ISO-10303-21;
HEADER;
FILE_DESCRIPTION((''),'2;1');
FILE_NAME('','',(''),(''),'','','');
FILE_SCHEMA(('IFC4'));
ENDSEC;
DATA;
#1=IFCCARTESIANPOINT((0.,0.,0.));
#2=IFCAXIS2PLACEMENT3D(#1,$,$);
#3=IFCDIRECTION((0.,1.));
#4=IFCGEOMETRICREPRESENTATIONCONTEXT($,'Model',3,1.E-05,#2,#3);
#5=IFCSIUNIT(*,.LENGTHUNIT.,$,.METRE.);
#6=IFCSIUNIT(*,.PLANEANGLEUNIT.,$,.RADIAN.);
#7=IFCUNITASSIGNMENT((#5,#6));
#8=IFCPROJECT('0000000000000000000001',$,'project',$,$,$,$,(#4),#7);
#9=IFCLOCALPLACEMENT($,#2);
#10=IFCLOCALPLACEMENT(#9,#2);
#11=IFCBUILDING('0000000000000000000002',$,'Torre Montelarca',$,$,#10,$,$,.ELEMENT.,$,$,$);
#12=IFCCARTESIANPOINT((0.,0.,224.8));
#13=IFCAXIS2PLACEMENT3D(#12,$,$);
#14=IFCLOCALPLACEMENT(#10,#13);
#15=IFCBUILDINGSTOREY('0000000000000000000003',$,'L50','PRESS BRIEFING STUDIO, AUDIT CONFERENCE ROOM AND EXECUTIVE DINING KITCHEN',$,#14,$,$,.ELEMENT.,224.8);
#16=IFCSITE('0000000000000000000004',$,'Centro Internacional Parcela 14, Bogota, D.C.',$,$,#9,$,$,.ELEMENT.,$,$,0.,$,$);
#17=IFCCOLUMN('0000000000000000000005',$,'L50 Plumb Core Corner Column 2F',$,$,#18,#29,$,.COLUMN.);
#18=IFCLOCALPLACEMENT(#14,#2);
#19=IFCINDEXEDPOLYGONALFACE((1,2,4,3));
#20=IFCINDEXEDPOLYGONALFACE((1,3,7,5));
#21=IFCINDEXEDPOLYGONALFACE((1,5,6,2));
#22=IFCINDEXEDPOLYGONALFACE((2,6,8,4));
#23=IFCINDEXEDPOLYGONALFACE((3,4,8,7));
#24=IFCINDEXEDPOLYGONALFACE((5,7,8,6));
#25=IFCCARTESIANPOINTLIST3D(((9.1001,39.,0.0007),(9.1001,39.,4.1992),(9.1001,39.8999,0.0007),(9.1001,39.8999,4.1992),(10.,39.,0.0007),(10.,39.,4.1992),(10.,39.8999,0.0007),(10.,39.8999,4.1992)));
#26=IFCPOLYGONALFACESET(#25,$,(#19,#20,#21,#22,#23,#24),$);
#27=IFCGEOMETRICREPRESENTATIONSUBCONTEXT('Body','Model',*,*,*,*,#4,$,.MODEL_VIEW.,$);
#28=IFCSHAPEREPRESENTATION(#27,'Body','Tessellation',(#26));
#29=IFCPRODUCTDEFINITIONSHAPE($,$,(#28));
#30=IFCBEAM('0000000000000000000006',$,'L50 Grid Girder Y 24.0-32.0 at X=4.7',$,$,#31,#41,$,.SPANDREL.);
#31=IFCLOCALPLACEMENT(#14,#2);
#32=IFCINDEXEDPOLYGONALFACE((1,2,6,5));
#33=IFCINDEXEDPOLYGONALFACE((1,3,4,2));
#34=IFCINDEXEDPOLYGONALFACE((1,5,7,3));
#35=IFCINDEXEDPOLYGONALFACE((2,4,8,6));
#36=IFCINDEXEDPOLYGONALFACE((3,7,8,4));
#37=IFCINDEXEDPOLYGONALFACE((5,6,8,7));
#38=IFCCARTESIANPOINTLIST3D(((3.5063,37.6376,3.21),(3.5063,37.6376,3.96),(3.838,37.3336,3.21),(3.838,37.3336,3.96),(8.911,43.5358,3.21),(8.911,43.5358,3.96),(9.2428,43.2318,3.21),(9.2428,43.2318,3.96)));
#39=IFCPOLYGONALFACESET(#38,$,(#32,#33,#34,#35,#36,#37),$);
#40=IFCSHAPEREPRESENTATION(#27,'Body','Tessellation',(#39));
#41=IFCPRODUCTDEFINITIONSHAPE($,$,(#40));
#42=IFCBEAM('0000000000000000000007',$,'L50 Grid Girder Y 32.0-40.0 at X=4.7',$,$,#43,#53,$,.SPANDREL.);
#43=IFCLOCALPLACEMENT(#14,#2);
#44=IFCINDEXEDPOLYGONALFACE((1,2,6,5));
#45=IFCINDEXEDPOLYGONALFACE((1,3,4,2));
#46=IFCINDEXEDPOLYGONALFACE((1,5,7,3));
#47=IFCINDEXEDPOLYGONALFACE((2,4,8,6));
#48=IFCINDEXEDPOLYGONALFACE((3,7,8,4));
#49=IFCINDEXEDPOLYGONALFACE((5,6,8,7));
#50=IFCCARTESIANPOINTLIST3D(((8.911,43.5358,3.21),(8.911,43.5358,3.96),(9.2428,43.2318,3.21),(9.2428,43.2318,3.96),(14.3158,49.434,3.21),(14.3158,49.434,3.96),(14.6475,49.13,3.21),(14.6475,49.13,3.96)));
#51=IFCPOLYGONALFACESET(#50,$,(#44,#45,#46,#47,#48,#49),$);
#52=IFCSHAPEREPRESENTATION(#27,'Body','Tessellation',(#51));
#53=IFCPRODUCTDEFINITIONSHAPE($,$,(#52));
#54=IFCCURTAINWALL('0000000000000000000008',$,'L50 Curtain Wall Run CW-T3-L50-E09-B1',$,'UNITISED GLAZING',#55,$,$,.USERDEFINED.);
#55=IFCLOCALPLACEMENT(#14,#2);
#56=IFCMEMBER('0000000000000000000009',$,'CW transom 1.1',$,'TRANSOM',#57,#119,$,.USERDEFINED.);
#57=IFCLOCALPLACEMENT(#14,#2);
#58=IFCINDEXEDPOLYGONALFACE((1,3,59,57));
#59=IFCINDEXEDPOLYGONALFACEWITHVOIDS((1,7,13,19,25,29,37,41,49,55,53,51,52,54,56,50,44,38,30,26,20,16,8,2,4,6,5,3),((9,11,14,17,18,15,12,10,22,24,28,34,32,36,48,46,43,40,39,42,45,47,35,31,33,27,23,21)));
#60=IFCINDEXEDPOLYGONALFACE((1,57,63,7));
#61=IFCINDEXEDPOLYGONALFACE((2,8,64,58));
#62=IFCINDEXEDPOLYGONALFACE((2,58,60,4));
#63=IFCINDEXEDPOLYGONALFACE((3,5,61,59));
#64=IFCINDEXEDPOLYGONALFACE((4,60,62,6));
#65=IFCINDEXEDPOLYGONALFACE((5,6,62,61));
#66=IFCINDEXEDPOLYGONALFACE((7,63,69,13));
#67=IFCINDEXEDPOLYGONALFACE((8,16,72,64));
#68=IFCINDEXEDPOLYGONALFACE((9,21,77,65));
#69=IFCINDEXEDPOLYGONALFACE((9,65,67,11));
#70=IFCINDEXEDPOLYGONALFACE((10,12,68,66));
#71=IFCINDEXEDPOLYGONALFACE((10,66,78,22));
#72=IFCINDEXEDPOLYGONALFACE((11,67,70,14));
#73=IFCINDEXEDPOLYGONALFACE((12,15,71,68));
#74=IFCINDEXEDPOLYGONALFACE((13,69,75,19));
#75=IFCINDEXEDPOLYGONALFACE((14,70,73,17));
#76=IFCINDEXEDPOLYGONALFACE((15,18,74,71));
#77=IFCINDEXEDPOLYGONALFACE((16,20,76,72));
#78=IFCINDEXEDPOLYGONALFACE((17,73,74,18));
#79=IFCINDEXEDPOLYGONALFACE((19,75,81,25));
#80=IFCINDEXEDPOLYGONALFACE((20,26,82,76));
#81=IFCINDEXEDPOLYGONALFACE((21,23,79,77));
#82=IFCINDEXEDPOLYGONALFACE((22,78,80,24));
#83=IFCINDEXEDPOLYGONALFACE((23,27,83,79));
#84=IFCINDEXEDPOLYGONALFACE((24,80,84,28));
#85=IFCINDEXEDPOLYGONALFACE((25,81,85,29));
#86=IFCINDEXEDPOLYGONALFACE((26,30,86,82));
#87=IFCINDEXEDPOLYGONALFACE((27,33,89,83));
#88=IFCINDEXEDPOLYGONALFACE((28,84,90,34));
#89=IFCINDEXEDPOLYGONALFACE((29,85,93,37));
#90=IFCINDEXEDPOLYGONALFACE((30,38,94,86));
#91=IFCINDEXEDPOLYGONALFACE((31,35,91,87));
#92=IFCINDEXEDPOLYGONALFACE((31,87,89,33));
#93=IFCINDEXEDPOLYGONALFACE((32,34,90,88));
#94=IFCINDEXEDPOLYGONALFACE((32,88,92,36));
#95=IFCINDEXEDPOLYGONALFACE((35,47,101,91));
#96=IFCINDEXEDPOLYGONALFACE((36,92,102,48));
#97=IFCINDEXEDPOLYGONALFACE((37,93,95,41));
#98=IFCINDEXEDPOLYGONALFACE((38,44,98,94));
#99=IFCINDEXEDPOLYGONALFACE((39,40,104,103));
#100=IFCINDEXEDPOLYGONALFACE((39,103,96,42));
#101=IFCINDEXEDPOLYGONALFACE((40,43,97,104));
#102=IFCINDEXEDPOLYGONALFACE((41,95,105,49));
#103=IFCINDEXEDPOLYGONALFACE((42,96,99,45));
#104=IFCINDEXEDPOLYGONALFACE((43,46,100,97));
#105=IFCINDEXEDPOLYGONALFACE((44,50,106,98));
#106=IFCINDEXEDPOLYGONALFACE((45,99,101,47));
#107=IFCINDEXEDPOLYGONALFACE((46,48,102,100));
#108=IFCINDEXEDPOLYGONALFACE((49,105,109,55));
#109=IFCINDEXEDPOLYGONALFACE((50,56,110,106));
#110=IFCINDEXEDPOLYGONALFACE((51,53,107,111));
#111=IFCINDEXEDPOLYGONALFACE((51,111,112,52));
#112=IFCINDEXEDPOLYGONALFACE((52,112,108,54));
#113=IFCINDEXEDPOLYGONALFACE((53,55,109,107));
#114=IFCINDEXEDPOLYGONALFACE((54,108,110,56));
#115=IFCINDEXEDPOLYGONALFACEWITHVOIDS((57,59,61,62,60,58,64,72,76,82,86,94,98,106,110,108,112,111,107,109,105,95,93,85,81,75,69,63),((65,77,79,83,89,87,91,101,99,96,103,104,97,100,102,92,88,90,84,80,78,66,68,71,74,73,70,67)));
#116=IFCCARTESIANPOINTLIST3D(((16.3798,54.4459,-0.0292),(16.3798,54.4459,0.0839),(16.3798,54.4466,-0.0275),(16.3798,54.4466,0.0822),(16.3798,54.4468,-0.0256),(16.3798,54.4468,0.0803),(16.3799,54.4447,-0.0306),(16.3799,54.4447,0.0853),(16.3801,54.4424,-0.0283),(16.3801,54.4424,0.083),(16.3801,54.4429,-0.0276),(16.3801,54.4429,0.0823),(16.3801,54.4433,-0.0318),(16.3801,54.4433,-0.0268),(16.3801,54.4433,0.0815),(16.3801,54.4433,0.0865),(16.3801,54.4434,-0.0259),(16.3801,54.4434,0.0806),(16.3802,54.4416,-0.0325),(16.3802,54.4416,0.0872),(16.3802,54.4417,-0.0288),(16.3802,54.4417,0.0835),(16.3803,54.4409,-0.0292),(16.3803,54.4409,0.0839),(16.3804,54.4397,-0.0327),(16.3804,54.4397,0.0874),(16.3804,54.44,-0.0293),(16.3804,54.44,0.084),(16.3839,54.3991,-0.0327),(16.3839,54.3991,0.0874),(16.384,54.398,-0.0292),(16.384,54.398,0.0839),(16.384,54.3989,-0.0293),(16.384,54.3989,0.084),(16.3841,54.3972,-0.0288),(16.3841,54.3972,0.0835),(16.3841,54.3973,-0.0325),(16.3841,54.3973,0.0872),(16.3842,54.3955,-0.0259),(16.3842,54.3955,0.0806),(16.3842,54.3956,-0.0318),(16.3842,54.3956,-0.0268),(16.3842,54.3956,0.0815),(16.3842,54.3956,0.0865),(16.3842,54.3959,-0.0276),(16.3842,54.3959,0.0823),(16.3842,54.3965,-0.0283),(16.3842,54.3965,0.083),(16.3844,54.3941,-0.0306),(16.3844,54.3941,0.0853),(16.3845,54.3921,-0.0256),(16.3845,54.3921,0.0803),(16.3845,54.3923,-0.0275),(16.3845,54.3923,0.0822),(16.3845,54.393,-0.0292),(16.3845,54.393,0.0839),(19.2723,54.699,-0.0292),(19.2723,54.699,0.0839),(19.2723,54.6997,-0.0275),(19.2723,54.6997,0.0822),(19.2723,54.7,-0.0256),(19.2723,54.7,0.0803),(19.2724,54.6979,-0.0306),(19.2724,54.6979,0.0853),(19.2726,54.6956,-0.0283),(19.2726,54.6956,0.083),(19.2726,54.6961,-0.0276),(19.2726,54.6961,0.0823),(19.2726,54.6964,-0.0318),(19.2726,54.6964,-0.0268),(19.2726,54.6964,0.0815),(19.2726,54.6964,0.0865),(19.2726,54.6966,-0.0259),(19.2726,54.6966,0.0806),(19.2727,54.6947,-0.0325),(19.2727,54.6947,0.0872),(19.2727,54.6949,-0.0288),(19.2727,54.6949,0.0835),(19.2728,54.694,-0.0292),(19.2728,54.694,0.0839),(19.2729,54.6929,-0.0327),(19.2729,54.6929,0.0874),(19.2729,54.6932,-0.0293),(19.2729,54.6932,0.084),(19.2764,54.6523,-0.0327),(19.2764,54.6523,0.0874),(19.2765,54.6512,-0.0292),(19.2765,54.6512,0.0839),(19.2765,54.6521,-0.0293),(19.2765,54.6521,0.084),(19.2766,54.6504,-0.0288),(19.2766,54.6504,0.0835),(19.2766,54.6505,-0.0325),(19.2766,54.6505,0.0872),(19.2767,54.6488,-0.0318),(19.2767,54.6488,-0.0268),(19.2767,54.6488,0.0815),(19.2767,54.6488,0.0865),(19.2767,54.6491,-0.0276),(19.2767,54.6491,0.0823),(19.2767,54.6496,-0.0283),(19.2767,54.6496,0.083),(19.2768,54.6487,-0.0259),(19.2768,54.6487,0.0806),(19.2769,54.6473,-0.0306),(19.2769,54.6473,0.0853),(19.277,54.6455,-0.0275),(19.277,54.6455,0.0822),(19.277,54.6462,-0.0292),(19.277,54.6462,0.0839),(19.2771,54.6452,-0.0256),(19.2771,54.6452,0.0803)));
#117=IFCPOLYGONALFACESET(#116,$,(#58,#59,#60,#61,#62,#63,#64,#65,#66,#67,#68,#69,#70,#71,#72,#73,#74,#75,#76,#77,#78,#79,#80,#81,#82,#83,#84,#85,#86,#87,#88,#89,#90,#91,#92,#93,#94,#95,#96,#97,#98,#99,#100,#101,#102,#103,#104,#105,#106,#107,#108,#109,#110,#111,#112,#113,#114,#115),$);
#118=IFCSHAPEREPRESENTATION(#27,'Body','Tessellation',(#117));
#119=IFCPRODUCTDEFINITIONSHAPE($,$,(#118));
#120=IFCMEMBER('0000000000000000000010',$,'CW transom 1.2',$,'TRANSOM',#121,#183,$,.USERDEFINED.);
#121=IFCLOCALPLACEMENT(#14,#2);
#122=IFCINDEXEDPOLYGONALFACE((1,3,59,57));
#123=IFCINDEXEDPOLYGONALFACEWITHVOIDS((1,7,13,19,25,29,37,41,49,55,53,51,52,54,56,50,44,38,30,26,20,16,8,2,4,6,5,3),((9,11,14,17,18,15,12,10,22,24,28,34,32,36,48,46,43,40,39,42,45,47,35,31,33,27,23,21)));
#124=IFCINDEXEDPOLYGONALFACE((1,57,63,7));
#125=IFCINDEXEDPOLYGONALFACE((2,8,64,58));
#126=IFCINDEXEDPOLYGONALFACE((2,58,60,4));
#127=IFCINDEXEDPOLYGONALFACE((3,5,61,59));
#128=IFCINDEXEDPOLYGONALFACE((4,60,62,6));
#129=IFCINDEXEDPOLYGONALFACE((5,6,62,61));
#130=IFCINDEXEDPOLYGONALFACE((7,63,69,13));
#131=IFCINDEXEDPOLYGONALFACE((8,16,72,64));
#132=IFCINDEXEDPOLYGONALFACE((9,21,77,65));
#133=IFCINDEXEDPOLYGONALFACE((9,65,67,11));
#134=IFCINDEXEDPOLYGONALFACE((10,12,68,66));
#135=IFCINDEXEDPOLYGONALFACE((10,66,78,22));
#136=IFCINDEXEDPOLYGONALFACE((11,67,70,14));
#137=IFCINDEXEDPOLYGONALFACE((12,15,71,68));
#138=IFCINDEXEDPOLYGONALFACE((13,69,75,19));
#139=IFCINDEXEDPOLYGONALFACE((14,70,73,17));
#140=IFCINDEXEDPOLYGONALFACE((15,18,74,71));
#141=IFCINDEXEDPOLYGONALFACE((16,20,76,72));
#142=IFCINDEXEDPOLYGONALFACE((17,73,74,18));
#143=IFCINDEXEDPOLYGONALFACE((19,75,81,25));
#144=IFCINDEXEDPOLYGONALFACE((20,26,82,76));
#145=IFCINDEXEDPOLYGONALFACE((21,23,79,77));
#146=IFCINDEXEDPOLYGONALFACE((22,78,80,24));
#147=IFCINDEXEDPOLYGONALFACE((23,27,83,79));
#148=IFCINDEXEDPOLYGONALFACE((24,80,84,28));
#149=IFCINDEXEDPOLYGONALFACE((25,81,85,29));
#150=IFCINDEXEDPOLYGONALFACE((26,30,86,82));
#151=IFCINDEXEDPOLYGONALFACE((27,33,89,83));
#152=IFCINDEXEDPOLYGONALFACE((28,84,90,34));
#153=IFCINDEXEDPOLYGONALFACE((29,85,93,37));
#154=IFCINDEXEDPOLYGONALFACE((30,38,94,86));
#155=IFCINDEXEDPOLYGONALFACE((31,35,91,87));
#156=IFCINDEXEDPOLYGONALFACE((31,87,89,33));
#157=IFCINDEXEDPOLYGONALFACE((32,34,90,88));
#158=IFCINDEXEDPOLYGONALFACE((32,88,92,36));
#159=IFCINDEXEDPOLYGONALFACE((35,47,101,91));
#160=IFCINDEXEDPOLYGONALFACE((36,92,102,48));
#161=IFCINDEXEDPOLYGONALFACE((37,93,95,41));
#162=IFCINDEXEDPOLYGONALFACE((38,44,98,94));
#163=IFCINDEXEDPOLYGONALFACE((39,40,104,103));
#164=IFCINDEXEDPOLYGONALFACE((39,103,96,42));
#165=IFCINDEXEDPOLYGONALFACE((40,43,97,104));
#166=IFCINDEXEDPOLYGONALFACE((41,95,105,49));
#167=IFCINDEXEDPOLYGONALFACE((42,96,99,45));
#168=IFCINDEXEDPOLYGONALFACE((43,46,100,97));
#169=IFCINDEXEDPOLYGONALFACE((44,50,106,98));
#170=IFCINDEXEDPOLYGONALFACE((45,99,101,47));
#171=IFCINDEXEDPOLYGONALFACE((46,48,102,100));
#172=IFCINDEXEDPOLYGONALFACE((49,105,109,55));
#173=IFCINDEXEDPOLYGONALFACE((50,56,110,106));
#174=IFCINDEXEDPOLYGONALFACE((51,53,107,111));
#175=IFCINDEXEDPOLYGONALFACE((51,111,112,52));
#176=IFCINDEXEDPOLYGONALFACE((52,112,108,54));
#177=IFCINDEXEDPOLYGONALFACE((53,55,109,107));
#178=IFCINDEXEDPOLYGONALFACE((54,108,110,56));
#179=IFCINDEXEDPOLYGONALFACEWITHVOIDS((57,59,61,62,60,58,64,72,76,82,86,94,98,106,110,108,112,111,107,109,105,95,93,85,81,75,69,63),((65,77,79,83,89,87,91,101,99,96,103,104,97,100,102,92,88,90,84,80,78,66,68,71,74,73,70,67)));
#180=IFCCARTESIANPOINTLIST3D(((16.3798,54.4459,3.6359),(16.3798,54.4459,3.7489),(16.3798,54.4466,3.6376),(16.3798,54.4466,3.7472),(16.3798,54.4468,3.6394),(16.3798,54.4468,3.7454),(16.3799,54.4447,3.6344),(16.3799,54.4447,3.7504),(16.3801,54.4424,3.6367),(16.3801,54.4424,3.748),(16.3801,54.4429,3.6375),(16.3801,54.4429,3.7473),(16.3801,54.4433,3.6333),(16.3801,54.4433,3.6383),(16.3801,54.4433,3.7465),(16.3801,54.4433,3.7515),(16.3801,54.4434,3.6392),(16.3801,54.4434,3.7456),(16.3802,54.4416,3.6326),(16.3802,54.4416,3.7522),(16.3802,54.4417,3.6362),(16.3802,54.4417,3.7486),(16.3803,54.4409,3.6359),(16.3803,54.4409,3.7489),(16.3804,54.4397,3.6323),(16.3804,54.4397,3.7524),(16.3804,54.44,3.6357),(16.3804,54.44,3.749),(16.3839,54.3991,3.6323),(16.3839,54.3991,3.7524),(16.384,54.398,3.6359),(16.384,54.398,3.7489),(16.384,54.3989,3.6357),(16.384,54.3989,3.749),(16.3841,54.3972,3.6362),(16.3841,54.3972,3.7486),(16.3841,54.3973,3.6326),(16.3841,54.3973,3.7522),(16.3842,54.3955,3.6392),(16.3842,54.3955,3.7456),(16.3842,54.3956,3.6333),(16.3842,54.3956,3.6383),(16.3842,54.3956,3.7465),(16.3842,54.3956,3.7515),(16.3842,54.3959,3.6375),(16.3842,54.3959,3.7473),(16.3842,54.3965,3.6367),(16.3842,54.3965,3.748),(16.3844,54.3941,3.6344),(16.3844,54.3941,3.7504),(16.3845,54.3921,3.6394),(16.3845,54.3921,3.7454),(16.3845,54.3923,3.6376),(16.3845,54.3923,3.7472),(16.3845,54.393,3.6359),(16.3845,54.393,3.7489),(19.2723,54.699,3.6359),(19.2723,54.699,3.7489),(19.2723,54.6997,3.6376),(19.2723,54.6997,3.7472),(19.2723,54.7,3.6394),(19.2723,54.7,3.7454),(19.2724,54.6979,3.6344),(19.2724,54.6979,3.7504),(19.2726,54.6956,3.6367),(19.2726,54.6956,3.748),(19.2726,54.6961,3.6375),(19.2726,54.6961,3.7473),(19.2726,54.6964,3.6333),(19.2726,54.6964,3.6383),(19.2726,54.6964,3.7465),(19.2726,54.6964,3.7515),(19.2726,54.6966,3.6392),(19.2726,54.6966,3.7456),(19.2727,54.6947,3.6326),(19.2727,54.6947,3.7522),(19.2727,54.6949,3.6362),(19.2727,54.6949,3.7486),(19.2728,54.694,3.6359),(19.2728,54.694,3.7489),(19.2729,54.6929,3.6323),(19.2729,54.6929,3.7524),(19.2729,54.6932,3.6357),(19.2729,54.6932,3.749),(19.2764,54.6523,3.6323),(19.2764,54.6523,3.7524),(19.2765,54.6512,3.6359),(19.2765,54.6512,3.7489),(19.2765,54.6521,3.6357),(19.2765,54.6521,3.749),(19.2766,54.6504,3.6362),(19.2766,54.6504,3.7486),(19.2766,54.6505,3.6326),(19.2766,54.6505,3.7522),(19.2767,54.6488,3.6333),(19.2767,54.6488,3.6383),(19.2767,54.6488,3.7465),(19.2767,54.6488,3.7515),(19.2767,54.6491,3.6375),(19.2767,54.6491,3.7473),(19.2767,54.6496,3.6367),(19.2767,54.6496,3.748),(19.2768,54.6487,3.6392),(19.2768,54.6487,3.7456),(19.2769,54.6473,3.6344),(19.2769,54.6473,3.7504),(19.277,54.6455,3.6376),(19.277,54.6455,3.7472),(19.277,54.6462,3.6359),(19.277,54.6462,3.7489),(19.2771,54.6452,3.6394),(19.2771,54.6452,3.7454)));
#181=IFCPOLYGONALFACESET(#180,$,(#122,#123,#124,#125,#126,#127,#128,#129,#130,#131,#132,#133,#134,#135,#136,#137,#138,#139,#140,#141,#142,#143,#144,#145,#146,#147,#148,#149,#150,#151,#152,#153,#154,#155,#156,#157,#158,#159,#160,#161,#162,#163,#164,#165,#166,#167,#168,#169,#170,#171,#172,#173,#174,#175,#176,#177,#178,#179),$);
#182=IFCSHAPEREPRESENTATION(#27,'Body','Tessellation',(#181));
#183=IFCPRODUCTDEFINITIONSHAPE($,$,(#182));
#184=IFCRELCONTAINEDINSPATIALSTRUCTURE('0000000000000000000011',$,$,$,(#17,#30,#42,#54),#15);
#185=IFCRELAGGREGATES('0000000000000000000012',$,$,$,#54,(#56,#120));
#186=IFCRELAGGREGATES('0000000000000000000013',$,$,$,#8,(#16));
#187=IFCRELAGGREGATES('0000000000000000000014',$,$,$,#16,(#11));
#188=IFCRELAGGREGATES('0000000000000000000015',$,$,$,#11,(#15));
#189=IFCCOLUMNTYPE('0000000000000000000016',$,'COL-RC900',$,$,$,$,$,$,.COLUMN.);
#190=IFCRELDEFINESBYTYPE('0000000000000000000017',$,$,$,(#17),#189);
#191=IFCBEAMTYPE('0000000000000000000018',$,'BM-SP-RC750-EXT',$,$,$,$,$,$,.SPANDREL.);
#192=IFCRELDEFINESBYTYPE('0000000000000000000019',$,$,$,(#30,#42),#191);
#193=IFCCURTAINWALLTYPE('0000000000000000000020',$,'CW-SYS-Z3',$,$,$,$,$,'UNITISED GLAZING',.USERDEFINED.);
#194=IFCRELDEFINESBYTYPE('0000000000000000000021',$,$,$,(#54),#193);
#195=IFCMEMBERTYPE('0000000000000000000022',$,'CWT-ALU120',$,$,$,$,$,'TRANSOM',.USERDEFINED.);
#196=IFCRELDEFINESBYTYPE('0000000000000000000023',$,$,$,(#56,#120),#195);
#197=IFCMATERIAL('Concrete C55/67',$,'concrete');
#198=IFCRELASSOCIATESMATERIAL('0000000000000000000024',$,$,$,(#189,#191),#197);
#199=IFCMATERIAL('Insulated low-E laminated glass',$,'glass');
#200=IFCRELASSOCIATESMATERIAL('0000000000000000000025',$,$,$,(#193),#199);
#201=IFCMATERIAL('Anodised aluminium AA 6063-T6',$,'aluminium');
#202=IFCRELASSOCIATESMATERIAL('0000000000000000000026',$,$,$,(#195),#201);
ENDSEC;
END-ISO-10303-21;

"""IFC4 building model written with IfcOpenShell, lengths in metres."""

from ifc_helpers import new_model, si_unit, direction, frame, origin, origin_2d, place, context, subcontext, project, spatial, rectangle, hollow_rectangle, extrude, source, transform, mapped, material, material_profile, profile_set, type_object, element, aggregate, save


model = new_model("IFC4")

# Units and contexts
model_context = context("Model", 3, precision=1e-05, world=origin(), true_north=direction((0.0, 1.0)))
body_context = subcontext(model_context, "Body", "Model", "MODEL_VIEW")
ifc_project = project(units=[si_unit("LENGTHUNIT", "METRE"), si_unit("PLANEANGLEUNIT", "RADIAN")], contexts=[model_context])

# Site, building, storey
site_placement = place(None, origin())
site = spatial("IfcSite", under=ifc_project, at=site_placement, Name="Centro Internacional Parcela 14, Bogota, D.C.", CompositionType="ELEMENT", RefElevation=0.0)
building_placement = place(site_placement, origin())
building = spatial("IfcBuilding", under=site, at=building_placement, Name="Torre Montelarca", CompositionType="ELEMENT")
storey_placement = place(building_placement, frame((0.0, 0.0, 224.8)))
storey = spatial("IfcBuildingStorey", under=building, at=storey_placement, Name="L50", Description="PRESS BRIEFING STUDIO, AUDIT CONFERENCE ROOM AND EXECUTIVE DINING KITCHEN", CompositionType="ELEMENT", Elevation=224.8)

# Column
ifc_material_1 = material(Name="Concrete C55/67", Category="concrete")
ifc_material_profile_1 = material_profile(ifc_material_1, rectangle(XDim=0.8999, YDim=0.8999, at=origin_2d()), Name="RC900X900", Category="concrete")
ifc_profile_set_1 = profile_set([ifc_material_profile_1], Name="Concrete C55/67")
column_type_1 = type_object("IfcColumnType", Name="COL-RC900", PredefinedType="COLUMN", material=ifc_profile_set_1)
shared_shape_1 = source(origin(), body_context, "Body", "SweptSolid", [
    extrude(rectangle(XDim=0.8999, YDim=0.8999, at=origin_2d()), origin(), (0.0, 0.0, 1.0), 4.1985),
])
column_1_placement = place(storey_placement, frame((9.55, 39.45, 0.0007), z_axis=(0.0, 0.0, 1.0), x_axis=(1.0, 0.0, 0.0)))
element("IfcColumn", 1, at=column_1_placement, inside=storey, type_object=column_type_1, Name="L50 Plumb Core Corner Column 2F", PredefinedType="COLUMN", context=body_context, shape_type="MappedRepresentation", body=[
    mapped(shared_shape_1, transform((0.0, 0.0, 0.0), scale=1.0)),
])

# Beams
ifc_material_profile_2 = material_profile(ifc_material_1, rectangle(XDim=0.45, YDim=0.75, at=origin_2d()), Name="RCB450X750", Category="concrete")
ifc_profile_set_2 = profile_set([ifc_material_profile_2], Name="Concrete C55/67")
beam_type = type_object("IfcBeamType", Name="BM-SP-RC750-EXT", PredefinedType="SPANDREL", material=ifc_profile_set_2)
shared_shape_2 = source(origin(), body_context, "Body", "SweptSolid", [
    extrude(rectangle(XDim=0.45, YDim=0.75, at=origin_2d()), origin(), (0.0, 0.0, 1.0), 8.0),
])
for number, where, z_axis, x_axis, name in (
    (2, (3.6721, 37.4856, 3.585), (0.675596, 0.737272, 0.0), (-0.737272, 0.675596, 0.0), "L50 Grid Girder Y 24.0-32.0 at X=4.7"),
    (3, (9.0769, 43.3838, 3.585), (0.675596, 0.737272, 0.0), (-0.737272, 0.675596, 0.0), "L50 Grid Girder Y 32.0-40.0 at X=4.7"),
):
    element("IfcBeam", number, at=place(storey_placement, frame(where, z_axis=z_axis, x_axis=x_axis)), inside=storey, type_object=beam_type, Name=name, PredefinedType="SPANDREL", context=body_context, shape_type="MappedRepresentation", body=[
        mapped(shared_shape_2, transform((0.0, 0.0, 0.0), scale=1.0)),
    ])

# Curtain wall, members
ifc_material_2 = material(Name="Insulated low-E laminated glass", Category="glass")
curtain_wall_type = type_object("IfcCurtainWallType", Name="CW-SYS-Z3", ElementType="UNITISED GLAZING", PredefinedType="USERDEFINED", material=ifc_material_2)
curtain_wall_1_placement = place(storey_placement, origin())
curtain_wall_1 = element("IfcCurtainWall", 4, at=curtain_wall_1_placement, inside=storey, type_object=curtain_wall_type, Name="L50 Curtain Wall Run CW-T3-L50-E09-B1", ObjectType="UNITISED GLAZING", PredefinedType="USERDEFINED")
ifc_material_3 = material(Name="Anodised aluminium AA 6063-T6", Category="aluminium")
ifc_material_profile_3 = material_profile(ifc_material_3, hollow_rectangle(XDim=0.0549, YDim=0.1201, WallThickness=0.0034, InnerFilletRadius=0.0034, OuterFilletRadius=0.0071, at=origin_2d()), Name="ALU55X120X3.5", Category="aluminium")
ifc_profile_set_3 = profile_set([ifc_material_profile_3], Name="Anodised aluminium AA 6063-T6")
member_type_1 = type_object("IfcMemberType", Name="CWT-ALU120", ElementType="TRANSOM", PredefinedType="USERDEFINED", material=ifc_profile_set_3)
shared_shape_3 = source(origin(), body_context, "Body", "SweptSolid", [
    extrude(hollow_rectangle(XDim=0.0549, YDim=0.1201, WallThickness=0.0034, InnerFilletRadius=0.0034, OuterFilletRadius=0.0071, at=origin_2d()), origin(), (0.0, 0.0, 1.0), 2.9036),
])
member_1_placement = place(storey_placement, frame((19.2747, 54.6726, 0.0273), z_axis=(-0.996192, -0.087192, 0.0), x_axis=(0.087192, -0.996192, 0.0)))
member_1 = element("IfcMember", 5, at=member_1_placement, type_object=member_type_1, Name="CW transom 1.1", ObjectType="TRANSOM", PredefinedType="USERDEFINED", context=body_context, shape_type="MappedRepresentation", body=[
    mapped(shared_shape_3, transform((0.0, 0.0, 0.0), scale=1.0)),
])
member_2_placement = place(storey_placement, frame((19.2747, 54.6726, 3.6924), z_axis=(-0.996192, -0.087192, 0.0), x_axis=(0.087192, -0.996192, 0.0)))
member_2 = element("IfcMember", 6, at=member_2_placement, type_object=member_type_1, Name="CW transom 1.2", ObjectType="TRANSOM", PredefinedType="USERDEFINED", context=body_context, shape_type="MappedRepresentation", body=[
    mapped(shared_shape_3, transform((0.0, 0.0, 0.0), scale=1.0)),
])

aggregate(curtain_wall_1, [member_1, member_2])

save(model, "model.ifc")
